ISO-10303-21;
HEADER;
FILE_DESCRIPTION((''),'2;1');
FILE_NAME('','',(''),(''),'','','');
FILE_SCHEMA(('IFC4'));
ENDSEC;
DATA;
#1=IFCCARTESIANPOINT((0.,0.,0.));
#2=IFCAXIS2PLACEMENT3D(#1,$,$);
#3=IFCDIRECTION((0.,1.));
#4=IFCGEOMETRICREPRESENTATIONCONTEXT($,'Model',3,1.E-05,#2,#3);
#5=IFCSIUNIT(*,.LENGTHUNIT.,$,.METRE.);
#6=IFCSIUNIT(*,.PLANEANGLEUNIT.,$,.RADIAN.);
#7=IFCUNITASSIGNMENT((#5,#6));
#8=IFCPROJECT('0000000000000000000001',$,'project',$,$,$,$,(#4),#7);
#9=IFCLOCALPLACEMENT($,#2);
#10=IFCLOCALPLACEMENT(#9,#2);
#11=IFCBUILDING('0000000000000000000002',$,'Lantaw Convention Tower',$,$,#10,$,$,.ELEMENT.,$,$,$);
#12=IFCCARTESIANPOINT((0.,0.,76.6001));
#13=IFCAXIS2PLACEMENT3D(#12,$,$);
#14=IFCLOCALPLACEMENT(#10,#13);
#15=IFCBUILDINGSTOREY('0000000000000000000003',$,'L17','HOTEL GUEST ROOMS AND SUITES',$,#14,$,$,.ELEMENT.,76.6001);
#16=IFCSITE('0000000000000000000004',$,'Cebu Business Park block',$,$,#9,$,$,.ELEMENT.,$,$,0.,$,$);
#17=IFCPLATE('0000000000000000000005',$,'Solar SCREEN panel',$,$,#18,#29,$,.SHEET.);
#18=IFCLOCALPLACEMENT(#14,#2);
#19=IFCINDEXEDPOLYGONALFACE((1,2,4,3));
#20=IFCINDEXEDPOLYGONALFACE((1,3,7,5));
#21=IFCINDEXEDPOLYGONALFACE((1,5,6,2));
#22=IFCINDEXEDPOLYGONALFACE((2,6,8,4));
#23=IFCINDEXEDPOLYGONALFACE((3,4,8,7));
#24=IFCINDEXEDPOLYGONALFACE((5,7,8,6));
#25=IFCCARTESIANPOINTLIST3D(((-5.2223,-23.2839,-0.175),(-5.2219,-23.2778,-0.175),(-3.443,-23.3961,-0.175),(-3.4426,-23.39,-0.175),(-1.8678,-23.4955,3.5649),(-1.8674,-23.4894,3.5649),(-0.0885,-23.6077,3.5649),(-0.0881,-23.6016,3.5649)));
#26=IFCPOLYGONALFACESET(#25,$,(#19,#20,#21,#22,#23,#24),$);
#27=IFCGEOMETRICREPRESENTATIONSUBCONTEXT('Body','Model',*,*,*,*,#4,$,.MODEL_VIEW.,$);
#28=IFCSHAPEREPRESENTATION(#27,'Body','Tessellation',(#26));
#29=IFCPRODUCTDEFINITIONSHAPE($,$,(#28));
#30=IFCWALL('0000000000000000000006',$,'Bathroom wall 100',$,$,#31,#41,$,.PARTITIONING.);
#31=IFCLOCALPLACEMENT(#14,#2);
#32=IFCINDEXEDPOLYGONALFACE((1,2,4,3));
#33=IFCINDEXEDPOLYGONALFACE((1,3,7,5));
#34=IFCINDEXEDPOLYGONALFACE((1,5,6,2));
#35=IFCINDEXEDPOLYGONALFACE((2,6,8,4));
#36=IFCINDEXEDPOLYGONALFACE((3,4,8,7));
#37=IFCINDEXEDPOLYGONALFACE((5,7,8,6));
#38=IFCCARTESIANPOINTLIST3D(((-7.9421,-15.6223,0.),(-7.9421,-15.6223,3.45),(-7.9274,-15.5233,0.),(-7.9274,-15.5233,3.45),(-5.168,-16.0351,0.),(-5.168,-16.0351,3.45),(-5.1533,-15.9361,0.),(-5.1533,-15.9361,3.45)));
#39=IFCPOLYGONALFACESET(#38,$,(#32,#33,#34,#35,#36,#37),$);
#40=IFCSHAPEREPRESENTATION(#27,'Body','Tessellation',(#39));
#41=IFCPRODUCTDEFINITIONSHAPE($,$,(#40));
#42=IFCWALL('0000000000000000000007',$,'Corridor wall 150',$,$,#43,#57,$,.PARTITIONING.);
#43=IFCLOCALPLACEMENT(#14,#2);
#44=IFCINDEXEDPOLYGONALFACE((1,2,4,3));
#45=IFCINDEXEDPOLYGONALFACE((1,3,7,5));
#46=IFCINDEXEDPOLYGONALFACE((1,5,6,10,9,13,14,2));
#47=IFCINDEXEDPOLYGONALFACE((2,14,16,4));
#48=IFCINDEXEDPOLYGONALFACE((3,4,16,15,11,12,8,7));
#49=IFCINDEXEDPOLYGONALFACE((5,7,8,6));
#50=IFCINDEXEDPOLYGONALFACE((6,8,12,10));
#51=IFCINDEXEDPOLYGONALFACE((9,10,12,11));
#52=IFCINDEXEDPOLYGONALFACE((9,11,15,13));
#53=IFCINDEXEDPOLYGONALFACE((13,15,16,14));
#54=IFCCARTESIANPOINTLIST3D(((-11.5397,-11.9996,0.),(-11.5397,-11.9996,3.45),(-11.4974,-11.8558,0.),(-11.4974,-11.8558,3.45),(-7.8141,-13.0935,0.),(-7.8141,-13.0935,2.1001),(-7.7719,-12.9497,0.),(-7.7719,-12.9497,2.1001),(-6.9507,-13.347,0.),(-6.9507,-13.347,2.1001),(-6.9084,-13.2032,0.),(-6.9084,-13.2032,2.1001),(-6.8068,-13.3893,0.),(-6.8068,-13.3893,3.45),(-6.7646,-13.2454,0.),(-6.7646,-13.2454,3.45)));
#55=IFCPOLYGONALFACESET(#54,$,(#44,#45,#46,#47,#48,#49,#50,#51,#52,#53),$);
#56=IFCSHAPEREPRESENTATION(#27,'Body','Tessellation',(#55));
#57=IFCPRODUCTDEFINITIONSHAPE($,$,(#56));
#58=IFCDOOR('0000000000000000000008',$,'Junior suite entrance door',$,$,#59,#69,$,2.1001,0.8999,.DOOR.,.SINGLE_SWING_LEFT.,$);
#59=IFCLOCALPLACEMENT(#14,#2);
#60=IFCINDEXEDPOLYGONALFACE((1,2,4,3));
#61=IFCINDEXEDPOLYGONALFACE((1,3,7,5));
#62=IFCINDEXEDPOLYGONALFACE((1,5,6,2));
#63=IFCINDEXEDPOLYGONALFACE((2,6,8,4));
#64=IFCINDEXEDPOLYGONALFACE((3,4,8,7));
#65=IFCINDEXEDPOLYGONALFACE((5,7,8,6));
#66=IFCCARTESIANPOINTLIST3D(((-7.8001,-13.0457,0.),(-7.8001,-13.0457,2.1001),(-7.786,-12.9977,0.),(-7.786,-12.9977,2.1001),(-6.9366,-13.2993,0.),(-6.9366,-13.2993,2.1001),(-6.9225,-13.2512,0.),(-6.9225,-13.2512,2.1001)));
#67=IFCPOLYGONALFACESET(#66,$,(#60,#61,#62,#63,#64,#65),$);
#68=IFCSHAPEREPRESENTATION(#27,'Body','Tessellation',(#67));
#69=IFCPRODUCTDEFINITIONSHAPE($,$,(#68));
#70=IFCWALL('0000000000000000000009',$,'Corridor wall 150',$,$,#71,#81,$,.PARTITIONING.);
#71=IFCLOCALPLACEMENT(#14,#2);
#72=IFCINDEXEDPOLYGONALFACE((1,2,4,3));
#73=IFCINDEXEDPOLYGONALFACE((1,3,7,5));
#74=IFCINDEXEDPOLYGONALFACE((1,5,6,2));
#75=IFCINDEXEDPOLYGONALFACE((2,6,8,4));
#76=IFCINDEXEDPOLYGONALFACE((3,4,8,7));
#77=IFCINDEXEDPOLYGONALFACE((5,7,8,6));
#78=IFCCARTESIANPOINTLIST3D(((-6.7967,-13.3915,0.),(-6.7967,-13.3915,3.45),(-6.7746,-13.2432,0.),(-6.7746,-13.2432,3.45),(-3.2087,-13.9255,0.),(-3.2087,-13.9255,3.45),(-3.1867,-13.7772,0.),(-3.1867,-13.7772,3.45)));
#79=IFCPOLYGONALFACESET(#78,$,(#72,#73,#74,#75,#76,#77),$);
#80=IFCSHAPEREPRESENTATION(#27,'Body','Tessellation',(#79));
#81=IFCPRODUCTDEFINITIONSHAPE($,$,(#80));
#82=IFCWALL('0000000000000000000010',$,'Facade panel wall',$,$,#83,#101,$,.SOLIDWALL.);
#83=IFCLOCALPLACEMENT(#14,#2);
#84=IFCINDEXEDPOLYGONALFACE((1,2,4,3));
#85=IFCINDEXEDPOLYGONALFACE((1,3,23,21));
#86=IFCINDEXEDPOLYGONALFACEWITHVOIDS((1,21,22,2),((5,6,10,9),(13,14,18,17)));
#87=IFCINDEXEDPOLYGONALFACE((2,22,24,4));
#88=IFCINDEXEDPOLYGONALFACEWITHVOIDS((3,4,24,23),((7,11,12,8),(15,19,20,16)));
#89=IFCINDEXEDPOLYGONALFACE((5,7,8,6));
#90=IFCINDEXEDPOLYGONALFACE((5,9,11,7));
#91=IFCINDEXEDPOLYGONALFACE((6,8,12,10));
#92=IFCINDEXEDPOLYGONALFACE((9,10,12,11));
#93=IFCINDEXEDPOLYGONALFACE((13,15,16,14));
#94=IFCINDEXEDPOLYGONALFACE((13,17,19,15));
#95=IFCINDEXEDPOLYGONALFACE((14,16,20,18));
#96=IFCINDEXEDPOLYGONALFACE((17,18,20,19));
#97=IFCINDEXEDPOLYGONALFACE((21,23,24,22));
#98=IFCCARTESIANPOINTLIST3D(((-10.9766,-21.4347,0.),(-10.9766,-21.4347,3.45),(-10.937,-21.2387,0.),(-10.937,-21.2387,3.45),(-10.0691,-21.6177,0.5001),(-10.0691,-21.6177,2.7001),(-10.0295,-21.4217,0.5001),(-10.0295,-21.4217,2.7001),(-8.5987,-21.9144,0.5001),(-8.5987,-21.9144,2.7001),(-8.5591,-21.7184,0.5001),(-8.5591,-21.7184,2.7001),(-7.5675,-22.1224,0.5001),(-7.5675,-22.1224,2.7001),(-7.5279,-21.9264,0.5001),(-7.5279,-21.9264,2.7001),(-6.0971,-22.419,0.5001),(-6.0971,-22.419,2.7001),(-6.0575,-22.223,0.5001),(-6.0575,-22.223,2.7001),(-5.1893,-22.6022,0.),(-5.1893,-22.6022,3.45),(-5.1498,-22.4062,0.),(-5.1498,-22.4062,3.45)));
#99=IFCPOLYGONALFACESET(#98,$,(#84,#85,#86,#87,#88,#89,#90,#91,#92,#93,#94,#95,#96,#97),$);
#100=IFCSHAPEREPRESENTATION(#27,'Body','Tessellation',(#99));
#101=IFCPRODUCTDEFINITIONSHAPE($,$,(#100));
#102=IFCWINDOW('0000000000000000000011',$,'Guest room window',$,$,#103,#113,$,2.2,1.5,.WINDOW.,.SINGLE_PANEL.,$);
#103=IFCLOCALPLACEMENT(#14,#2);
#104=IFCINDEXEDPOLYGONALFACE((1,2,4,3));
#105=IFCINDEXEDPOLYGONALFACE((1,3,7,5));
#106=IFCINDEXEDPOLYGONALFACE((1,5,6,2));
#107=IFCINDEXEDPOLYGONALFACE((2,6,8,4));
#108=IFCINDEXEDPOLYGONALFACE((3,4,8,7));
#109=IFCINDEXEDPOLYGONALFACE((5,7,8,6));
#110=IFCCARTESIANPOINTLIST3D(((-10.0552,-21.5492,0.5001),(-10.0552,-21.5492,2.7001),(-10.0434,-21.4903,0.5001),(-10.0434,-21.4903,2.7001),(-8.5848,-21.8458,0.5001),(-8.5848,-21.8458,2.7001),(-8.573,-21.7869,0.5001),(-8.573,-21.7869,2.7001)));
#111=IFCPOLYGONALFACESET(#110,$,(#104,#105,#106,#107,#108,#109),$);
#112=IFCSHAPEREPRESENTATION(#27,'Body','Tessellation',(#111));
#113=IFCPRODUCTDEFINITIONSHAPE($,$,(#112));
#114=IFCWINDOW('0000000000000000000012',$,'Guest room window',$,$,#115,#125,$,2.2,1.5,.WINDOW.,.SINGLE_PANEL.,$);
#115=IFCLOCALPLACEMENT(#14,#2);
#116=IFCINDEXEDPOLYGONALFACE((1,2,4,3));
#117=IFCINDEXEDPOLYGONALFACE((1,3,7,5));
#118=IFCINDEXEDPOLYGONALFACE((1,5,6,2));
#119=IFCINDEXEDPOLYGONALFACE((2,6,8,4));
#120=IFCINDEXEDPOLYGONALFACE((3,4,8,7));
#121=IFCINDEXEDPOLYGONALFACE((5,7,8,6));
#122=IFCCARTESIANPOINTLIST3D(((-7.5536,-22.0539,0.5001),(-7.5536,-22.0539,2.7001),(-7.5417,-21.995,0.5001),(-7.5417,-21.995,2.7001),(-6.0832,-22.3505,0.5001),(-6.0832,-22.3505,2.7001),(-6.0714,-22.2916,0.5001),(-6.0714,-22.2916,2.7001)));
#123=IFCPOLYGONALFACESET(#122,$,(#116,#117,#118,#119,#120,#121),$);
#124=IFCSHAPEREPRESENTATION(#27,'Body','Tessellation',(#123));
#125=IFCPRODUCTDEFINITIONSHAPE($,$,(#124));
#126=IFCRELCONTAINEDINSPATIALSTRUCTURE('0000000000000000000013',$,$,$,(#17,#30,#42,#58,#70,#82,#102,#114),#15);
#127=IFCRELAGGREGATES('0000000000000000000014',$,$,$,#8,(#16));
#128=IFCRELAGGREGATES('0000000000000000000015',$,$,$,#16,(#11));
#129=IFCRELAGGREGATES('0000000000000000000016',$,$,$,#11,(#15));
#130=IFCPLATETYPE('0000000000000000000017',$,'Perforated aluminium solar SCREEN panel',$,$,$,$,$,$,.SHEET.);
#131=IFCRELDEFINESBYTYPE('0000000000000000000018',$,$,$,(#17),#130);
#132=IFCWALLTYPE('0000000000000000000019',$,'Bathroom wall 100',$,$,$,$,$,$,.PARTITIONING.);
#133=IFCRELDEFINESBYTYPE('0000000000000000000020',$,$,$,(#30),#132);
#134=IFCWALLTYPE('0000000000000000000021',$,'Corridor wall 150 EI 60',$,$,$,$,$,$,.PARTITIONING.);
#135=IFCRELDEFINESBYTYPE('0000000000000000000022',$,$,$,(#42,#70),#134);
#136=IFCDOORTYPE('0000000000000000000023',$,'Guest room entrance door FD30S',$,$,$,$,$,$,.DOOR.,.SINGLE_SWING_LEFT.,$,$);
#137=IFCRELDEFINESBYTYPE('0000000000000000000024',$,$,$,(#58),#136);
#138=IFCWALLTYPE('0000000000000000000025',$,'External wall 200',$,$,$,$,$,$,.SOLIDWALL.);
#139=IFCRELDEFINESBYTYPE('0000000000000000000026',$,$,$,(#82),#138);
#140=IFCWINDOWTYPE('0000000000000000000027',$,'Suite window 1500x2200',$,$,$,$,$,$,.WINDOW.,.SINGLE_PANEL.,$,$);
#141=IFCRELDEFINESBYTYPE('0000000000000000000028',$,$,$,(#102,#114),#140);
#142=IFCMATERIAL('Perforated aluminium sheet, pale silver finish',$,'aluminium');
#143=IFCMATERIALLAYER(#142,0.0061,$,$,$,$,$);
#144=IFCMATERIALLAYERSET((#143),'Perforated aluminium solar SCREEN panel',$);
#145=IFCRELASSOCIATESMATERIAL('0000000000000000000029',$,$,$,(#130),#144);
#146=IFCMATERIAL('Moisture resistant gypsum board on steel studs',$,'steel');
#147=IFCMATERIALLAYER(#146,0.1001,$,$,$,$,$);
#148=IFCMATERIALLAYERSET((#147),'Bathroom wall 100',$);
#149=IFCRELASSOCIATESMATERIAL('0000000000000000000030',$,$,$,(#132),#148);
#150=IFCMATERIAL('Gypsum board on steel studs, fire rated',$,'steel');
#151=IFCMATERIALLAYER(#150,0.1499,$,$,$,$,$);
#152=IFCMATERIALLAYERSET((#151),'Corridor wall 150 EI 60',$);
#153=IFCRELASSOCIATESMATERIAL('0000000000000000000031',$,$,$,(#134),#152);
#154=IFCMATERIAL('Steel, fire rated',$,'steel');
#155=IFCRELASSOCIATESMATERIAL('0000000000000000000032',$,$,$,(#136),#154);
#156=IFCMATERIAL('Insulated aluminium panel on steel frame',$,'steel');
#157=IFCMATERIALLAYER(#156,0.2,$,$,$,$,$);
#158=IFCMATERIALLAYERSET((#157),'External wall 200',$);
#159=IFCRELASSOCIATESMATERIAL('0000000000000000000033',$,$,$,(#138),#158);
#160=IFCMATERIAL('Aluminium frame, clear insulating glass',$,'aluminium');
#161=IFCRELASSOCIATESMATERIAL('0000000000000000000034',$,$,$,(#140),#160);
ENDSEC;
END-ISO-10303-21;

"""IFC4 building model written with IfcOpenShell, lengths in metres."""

from ifc_helpers import new_model, si_unit, direction, frame, frame_2d, origin, place, context, subcontext, project, spatial, polyline, rectangle, outline, extrude, material, layer, layer_set, type_object, element, fill, save


model = new_model("IFC4")

# Units and contexts
model_context = context("Model", 3, precision=1e-05, world=origin(), true_north=direction((0.0, 1.0)))
body_context = subcontext(model_context, "Body", "Model", "MODEL_VIEW")
ifc_project = project(units=[si_unit("LENGTHUNIT", "METRE"), si_unit("PLANEANGLEUNIT", "RADIAN")], contexts=[model_context])

# Site, building, storey
site_placement = place(None, origin())
site = spatial("IfcSite", under=ifc_project, at=site_placement, Name="Cebu Business Park block", CompositionType="ELEMENT", RefElevation=0.0)
building_placement = place(site_placement, origin())
building = spatial("IfcBuilding", under=site, at=building_placement, Name="Lantaw Convention Tower", CompositionType="ELEMENT")
storey_placement = place(building_placement, frame((0.0, 0.0, 76.6001)))
storey = spatial("IfcBuildingStorey", under=building, at=storey_placement, Name="L17", Description="HOTEL GUEST ROOMS AND SUITES", CompositionType="ELEMENT", Elevation=76.6001)

# Plate
ifc_material_1 = material(Name="Perforated aluminium sheet, pale silver finish", Category="aluminium")
ifc_layer_1 = layer(ifc_material_1, 0.0061)
ifc_layer_set_1 = layer_set([ifc_layer_1], Name="Perforated aluminium solar SCREEN panel")
plate_type = type_object("IfcPlateType", Name="Perforated aluminium solar SCREEN panel", PredefinedType="SHEET", material=ifc_layer_set_1)
plate_1_placement = place(storey_placement, frame((-5.2219, -23.2778, -0.175), z_axis=(0.062924, 0.998018, 0.000014), x_axis=(0.998018, -0.062924, 0.0)))
element("IfcPlate", 1, at=plate_1_placement, inside=storey, type_object=plate_type, Name="Solar SCREEN panel", PredefinedType="SHEET", context=body_context, shape_type="SweptSolid", body=[
    extrude(outline(polyline([(0.0, 0.0), (1.7828, 0.0), (5.144, -3.74), (3.3612, -3.74), (0.0, 0.0)])), origin(), (0.0, 0.0, -1.0), 0.0061),
])

# Wall
ifc_material_2 = material(Name="Moisture resistant gypsum board on steel studs", Category="steel")
ifc_layer_2 = layer(ifc_material_2, 0.1001)
ifc_layer_set_2 = layer_set([ifc_layer_2], Name="Bathroom wall 100")
wall_type_1 = type_object("IfcWallType", Name="Bathroom wall 100", PredefinedType="PARTITIONING", material=ifc_layer_set_2)
wall_1_placement = place(storey_placement, frame((-5.1606, -15.9856, 0.0), z_axis=(0.0, 0.0, 1.0), x_axis=(-0.989107, 0.147195, 0.0)))
element("IfcWall", 2, at=wall_1_placement, inside=storey, type_object=wall_type_1, Name="Bathroom wall 100", PredefinedType="PARTITIONING", context=body_context, shape_type="SweptSolid", body=[
    extrude(rectangle(XDim=2.8047, YDim=0.1001, at=frame_2d((1.4023, 0.0))), origin(), (0.0, 0.0, 1.0), 3.45),
])

# Wall, opening, door
ifc_material_3 = material(Name="Gypsum board on steel studs, fire rated", Category="steel")
ifc_layer_3 = layer(ifc_material_3, 0.1499)
ifc_layer_set_3 = layer_set([ifc_layer_3], Name="Corridor wall 150 EI 60")
wall_type_2 = type_object("IfcWallType", Name="Corridor wall 150 EI 60", PredefinedType="PARTITIONING", material=ifc_layer_set_3)
wall_2_placement = place(storey_placement, frame((-11.5186, -11.9277, 0.0), z_axis=(0.0, 0.0, 1.0), x_axis=(0.959496, -0.281721, 0.0)))
wall_2 = element("IfcWall", 3, at=wall_2_placement, inside=storey, type_object=wall_type_2, Name="Corridor wall 150", PredefinedType="PARTITIONING", context=body_context, shape_type="SweptSolid", body=[
    extrude(rectangle(XDim=4.9326, YDim=0.1499, at=frame_2d((2.4663, 0.0))), origin(), (0.0, 0.0, 1.0), 3.45),
])
opening_1_placement = place(wall_2_placement, frame((3.8828, 0.0, 0.0)))
opening_1 = element("IfcOpeningElement", 4, at=opening_1_placement, cuts=wall_2, PredefinedType="OPENING", context=body_context, shape_type="SweptSolid", body=[
    extrude(rectangle(XDim=0.8999, YDim=2.1001, at=frame_2d((0.45, 1.05))), frame((0.0, 0.085, 0.0), z_axis=(0.0, -1.0, 0.0), x_axis=(1.0, 0.0, 0.0)), (0.0, 0.0, 1.0), 0.1699),
])
ifc_material_4 = material(Name="Steel, fire rated", Category="steel")
door_type = type_object("IfcDoorType", Name="Guest room entrance door FD30S", OperationType="SINGLE_SWING_LEFT", PredefinedType="DOOR", material=ifc_material_4)
door_placement = place(opening_1_placement, origin())
door = element("IfcDoor", 5, at=door_placement, inside=storey, type_object=door_type, Name="Junior suite entrance door", OperationType="SINGLE_SWING_LEFT", OverallHeight=2.1001, OverallWidth=0.8999, PredefinedType="DOOR", context=body_context, shape_type="SweptSolid", body=[
    extrude(rectangle(XDim=0.8999, YDim=2.1001, at=frame_2d((0.45, 1.05))), frame((0.0, 0.0249, 0.0), z_axis=(0.0, -1.0, 0.0), x_axis=(1.0, 0.0, 0.0)), (0.0, 0.0, 1.0), 0.05),
])
fill(opening_1, door)

# Wall
wall_3_placement = place(storey_placement, frame((-6.7856, -13.3174, 0.0), z_axis=(0.0, 0.0, 1.0), x_axis=(0.989107, -0.147195, 0.0)))
element("IfcWall", 6, at=wall_3_placement, inside=storey, type_object=wall_type_2, Name="Corridor wall 150", PredefinedType="PARTITIONING", context=body_context, shape_type="SweptSolid", body=[
    extrude(rectangle(XDim=3.6274, YDim=0.1499, at=frame_2d((1.8137, 0.0))), origin(), (0.0, 0.0, 1.0), 3.45),
])

# Wall, openings, windows
ifc_material_5 = material(Name="Insulated aluminium panel on steel frame", Category="steel")
ifc_layer_4 = layer(ifc_material_5, 0.2)
ifc_layer_set_4 = layer_set([ifc_layer_4], Name="External wall 200")
wall_type_3 = type_object("IfcWallType", Name="External wall 200", PredefinedType="SOLIDWALL", material=ifc_layer_set_4)
wall_4_placement = place(storey_placement, frame((-10.9568, -21.3367, 0.0), z_axis=(0.0, 0.0, 1.0), x_axis=(0.980252, -0.197754, 0.0)))
wall_4 = element("IfcWall", 7, at=wall_4_placement, inside=storey, type_object=wall_type_3, Name="Facade panel wall", PredefinedType="SOLIDWALL", context=body_context, shape_type="SweptSolid", body=[
    extrude(rectangle(XDim=5.9038, YDim=0.2, at=frame_2d((2.9519, 0.0))), origin(), (0.0, 0.0, 1.0), 3.45),
])
opening_2_placement = place(wall_4_placement, frame((0.9258, 0.0, 0.5)))
opening_2 = element("IfcOpeningElement", 8, at=opening_2_placement, cuts=wall_4, PredefinedType="OPENING", context=body_context, shape_type="SweptSolid", body=[
    extrude(rectangle(XDim=1.5, YDim=2.2, at=frame_2d((0.75, 1.1001))), frame((0.0, 0.1099, 0.0), z_axis=(0.0, -1.0, 0.0), x_axis=(1.0, 0.0, 0.0)), (0.0, 0.0, 1.0), 0.22),
])
opening_3_placement = place(wall_4_placement, frame((3.4778, 0.0, 0.5)))
opening_3 = element("IfcOpeningElement", 9, at=opening_3_placement, cuts=wall_4, PredefinedType="OPENING", context=body_context, shape_type="SweptSolid", body=[
    extrude(rectangle(XDim=1.5, YDim=2.2, at=frame_2d((0.75, 1.1001))), frame((0.0, 0.1099, 0.0), z_axis=(0.0, -1.0, 0.0), x_axis=(1.0, 0.0, 0.0)), (0.0, 0.0, 1.0), 0.22),
])
ifc_material_6 = material(Name="Aluminium frame, clear insulating glass", Category="aluminium")
window_type = type_object("IfcWindowType", Name="Suite window 1500x2200", PartitioningType="SINGLE_PANEL", PredefinedType="WINDOW", material=ifc_material_6)
window_1_placement = place(opening_2_placement, origin())
window_1 = element("IfcWindow", 10, at=window_1_placement, inside=storey, type_object=window_type, Name="Guest room window", OverallHeight=2.2, OverallWidth=1.5, PartitioningType="SINGLE_PANEL", PredefinedType="WINDOW", context=body_context, shape_type="SweptSolid", body=[
    extrude(rectangle(XDim=1.5, YDim=2.2, at=frame_2d((0.75, 1.1001))), frame((0.0, 0.03, 0.0), z_axis=(0.0, -1.0, 0.0), x_axis=(1.0, 0.0, 0.0)), (0.0, 0.0, 1.0), 0.0601),
])
fill(opening_2, window_1)
window_2_placement = place(opening_3_placement, origin())
window_2 = element("IfcWindow", 11, at=window_2_placement, inside=storey, type_object=window_type, Name="Guest room window", OverallHeight=2.2, OverallWidth=1.5, PartitioningType="SINGLE_PANEL", PredefinedType="WINDOW", context=body_context, shape_type="SweptSolid", body=[
    extrude(rectangle(XDim=1.5, YDim=2.2, at=frame_2d((0.75, 1.1001))), frame((0.0, 0.03, 0.0), z_axis=(0.0, -1.0, 0.0), x_axis=(1.0, 0.0, 0.0)), (0.0, 0.0, 1.0), 0.0601),
])
fill(opening_3, window_2)

save(model, "model.ifc")
